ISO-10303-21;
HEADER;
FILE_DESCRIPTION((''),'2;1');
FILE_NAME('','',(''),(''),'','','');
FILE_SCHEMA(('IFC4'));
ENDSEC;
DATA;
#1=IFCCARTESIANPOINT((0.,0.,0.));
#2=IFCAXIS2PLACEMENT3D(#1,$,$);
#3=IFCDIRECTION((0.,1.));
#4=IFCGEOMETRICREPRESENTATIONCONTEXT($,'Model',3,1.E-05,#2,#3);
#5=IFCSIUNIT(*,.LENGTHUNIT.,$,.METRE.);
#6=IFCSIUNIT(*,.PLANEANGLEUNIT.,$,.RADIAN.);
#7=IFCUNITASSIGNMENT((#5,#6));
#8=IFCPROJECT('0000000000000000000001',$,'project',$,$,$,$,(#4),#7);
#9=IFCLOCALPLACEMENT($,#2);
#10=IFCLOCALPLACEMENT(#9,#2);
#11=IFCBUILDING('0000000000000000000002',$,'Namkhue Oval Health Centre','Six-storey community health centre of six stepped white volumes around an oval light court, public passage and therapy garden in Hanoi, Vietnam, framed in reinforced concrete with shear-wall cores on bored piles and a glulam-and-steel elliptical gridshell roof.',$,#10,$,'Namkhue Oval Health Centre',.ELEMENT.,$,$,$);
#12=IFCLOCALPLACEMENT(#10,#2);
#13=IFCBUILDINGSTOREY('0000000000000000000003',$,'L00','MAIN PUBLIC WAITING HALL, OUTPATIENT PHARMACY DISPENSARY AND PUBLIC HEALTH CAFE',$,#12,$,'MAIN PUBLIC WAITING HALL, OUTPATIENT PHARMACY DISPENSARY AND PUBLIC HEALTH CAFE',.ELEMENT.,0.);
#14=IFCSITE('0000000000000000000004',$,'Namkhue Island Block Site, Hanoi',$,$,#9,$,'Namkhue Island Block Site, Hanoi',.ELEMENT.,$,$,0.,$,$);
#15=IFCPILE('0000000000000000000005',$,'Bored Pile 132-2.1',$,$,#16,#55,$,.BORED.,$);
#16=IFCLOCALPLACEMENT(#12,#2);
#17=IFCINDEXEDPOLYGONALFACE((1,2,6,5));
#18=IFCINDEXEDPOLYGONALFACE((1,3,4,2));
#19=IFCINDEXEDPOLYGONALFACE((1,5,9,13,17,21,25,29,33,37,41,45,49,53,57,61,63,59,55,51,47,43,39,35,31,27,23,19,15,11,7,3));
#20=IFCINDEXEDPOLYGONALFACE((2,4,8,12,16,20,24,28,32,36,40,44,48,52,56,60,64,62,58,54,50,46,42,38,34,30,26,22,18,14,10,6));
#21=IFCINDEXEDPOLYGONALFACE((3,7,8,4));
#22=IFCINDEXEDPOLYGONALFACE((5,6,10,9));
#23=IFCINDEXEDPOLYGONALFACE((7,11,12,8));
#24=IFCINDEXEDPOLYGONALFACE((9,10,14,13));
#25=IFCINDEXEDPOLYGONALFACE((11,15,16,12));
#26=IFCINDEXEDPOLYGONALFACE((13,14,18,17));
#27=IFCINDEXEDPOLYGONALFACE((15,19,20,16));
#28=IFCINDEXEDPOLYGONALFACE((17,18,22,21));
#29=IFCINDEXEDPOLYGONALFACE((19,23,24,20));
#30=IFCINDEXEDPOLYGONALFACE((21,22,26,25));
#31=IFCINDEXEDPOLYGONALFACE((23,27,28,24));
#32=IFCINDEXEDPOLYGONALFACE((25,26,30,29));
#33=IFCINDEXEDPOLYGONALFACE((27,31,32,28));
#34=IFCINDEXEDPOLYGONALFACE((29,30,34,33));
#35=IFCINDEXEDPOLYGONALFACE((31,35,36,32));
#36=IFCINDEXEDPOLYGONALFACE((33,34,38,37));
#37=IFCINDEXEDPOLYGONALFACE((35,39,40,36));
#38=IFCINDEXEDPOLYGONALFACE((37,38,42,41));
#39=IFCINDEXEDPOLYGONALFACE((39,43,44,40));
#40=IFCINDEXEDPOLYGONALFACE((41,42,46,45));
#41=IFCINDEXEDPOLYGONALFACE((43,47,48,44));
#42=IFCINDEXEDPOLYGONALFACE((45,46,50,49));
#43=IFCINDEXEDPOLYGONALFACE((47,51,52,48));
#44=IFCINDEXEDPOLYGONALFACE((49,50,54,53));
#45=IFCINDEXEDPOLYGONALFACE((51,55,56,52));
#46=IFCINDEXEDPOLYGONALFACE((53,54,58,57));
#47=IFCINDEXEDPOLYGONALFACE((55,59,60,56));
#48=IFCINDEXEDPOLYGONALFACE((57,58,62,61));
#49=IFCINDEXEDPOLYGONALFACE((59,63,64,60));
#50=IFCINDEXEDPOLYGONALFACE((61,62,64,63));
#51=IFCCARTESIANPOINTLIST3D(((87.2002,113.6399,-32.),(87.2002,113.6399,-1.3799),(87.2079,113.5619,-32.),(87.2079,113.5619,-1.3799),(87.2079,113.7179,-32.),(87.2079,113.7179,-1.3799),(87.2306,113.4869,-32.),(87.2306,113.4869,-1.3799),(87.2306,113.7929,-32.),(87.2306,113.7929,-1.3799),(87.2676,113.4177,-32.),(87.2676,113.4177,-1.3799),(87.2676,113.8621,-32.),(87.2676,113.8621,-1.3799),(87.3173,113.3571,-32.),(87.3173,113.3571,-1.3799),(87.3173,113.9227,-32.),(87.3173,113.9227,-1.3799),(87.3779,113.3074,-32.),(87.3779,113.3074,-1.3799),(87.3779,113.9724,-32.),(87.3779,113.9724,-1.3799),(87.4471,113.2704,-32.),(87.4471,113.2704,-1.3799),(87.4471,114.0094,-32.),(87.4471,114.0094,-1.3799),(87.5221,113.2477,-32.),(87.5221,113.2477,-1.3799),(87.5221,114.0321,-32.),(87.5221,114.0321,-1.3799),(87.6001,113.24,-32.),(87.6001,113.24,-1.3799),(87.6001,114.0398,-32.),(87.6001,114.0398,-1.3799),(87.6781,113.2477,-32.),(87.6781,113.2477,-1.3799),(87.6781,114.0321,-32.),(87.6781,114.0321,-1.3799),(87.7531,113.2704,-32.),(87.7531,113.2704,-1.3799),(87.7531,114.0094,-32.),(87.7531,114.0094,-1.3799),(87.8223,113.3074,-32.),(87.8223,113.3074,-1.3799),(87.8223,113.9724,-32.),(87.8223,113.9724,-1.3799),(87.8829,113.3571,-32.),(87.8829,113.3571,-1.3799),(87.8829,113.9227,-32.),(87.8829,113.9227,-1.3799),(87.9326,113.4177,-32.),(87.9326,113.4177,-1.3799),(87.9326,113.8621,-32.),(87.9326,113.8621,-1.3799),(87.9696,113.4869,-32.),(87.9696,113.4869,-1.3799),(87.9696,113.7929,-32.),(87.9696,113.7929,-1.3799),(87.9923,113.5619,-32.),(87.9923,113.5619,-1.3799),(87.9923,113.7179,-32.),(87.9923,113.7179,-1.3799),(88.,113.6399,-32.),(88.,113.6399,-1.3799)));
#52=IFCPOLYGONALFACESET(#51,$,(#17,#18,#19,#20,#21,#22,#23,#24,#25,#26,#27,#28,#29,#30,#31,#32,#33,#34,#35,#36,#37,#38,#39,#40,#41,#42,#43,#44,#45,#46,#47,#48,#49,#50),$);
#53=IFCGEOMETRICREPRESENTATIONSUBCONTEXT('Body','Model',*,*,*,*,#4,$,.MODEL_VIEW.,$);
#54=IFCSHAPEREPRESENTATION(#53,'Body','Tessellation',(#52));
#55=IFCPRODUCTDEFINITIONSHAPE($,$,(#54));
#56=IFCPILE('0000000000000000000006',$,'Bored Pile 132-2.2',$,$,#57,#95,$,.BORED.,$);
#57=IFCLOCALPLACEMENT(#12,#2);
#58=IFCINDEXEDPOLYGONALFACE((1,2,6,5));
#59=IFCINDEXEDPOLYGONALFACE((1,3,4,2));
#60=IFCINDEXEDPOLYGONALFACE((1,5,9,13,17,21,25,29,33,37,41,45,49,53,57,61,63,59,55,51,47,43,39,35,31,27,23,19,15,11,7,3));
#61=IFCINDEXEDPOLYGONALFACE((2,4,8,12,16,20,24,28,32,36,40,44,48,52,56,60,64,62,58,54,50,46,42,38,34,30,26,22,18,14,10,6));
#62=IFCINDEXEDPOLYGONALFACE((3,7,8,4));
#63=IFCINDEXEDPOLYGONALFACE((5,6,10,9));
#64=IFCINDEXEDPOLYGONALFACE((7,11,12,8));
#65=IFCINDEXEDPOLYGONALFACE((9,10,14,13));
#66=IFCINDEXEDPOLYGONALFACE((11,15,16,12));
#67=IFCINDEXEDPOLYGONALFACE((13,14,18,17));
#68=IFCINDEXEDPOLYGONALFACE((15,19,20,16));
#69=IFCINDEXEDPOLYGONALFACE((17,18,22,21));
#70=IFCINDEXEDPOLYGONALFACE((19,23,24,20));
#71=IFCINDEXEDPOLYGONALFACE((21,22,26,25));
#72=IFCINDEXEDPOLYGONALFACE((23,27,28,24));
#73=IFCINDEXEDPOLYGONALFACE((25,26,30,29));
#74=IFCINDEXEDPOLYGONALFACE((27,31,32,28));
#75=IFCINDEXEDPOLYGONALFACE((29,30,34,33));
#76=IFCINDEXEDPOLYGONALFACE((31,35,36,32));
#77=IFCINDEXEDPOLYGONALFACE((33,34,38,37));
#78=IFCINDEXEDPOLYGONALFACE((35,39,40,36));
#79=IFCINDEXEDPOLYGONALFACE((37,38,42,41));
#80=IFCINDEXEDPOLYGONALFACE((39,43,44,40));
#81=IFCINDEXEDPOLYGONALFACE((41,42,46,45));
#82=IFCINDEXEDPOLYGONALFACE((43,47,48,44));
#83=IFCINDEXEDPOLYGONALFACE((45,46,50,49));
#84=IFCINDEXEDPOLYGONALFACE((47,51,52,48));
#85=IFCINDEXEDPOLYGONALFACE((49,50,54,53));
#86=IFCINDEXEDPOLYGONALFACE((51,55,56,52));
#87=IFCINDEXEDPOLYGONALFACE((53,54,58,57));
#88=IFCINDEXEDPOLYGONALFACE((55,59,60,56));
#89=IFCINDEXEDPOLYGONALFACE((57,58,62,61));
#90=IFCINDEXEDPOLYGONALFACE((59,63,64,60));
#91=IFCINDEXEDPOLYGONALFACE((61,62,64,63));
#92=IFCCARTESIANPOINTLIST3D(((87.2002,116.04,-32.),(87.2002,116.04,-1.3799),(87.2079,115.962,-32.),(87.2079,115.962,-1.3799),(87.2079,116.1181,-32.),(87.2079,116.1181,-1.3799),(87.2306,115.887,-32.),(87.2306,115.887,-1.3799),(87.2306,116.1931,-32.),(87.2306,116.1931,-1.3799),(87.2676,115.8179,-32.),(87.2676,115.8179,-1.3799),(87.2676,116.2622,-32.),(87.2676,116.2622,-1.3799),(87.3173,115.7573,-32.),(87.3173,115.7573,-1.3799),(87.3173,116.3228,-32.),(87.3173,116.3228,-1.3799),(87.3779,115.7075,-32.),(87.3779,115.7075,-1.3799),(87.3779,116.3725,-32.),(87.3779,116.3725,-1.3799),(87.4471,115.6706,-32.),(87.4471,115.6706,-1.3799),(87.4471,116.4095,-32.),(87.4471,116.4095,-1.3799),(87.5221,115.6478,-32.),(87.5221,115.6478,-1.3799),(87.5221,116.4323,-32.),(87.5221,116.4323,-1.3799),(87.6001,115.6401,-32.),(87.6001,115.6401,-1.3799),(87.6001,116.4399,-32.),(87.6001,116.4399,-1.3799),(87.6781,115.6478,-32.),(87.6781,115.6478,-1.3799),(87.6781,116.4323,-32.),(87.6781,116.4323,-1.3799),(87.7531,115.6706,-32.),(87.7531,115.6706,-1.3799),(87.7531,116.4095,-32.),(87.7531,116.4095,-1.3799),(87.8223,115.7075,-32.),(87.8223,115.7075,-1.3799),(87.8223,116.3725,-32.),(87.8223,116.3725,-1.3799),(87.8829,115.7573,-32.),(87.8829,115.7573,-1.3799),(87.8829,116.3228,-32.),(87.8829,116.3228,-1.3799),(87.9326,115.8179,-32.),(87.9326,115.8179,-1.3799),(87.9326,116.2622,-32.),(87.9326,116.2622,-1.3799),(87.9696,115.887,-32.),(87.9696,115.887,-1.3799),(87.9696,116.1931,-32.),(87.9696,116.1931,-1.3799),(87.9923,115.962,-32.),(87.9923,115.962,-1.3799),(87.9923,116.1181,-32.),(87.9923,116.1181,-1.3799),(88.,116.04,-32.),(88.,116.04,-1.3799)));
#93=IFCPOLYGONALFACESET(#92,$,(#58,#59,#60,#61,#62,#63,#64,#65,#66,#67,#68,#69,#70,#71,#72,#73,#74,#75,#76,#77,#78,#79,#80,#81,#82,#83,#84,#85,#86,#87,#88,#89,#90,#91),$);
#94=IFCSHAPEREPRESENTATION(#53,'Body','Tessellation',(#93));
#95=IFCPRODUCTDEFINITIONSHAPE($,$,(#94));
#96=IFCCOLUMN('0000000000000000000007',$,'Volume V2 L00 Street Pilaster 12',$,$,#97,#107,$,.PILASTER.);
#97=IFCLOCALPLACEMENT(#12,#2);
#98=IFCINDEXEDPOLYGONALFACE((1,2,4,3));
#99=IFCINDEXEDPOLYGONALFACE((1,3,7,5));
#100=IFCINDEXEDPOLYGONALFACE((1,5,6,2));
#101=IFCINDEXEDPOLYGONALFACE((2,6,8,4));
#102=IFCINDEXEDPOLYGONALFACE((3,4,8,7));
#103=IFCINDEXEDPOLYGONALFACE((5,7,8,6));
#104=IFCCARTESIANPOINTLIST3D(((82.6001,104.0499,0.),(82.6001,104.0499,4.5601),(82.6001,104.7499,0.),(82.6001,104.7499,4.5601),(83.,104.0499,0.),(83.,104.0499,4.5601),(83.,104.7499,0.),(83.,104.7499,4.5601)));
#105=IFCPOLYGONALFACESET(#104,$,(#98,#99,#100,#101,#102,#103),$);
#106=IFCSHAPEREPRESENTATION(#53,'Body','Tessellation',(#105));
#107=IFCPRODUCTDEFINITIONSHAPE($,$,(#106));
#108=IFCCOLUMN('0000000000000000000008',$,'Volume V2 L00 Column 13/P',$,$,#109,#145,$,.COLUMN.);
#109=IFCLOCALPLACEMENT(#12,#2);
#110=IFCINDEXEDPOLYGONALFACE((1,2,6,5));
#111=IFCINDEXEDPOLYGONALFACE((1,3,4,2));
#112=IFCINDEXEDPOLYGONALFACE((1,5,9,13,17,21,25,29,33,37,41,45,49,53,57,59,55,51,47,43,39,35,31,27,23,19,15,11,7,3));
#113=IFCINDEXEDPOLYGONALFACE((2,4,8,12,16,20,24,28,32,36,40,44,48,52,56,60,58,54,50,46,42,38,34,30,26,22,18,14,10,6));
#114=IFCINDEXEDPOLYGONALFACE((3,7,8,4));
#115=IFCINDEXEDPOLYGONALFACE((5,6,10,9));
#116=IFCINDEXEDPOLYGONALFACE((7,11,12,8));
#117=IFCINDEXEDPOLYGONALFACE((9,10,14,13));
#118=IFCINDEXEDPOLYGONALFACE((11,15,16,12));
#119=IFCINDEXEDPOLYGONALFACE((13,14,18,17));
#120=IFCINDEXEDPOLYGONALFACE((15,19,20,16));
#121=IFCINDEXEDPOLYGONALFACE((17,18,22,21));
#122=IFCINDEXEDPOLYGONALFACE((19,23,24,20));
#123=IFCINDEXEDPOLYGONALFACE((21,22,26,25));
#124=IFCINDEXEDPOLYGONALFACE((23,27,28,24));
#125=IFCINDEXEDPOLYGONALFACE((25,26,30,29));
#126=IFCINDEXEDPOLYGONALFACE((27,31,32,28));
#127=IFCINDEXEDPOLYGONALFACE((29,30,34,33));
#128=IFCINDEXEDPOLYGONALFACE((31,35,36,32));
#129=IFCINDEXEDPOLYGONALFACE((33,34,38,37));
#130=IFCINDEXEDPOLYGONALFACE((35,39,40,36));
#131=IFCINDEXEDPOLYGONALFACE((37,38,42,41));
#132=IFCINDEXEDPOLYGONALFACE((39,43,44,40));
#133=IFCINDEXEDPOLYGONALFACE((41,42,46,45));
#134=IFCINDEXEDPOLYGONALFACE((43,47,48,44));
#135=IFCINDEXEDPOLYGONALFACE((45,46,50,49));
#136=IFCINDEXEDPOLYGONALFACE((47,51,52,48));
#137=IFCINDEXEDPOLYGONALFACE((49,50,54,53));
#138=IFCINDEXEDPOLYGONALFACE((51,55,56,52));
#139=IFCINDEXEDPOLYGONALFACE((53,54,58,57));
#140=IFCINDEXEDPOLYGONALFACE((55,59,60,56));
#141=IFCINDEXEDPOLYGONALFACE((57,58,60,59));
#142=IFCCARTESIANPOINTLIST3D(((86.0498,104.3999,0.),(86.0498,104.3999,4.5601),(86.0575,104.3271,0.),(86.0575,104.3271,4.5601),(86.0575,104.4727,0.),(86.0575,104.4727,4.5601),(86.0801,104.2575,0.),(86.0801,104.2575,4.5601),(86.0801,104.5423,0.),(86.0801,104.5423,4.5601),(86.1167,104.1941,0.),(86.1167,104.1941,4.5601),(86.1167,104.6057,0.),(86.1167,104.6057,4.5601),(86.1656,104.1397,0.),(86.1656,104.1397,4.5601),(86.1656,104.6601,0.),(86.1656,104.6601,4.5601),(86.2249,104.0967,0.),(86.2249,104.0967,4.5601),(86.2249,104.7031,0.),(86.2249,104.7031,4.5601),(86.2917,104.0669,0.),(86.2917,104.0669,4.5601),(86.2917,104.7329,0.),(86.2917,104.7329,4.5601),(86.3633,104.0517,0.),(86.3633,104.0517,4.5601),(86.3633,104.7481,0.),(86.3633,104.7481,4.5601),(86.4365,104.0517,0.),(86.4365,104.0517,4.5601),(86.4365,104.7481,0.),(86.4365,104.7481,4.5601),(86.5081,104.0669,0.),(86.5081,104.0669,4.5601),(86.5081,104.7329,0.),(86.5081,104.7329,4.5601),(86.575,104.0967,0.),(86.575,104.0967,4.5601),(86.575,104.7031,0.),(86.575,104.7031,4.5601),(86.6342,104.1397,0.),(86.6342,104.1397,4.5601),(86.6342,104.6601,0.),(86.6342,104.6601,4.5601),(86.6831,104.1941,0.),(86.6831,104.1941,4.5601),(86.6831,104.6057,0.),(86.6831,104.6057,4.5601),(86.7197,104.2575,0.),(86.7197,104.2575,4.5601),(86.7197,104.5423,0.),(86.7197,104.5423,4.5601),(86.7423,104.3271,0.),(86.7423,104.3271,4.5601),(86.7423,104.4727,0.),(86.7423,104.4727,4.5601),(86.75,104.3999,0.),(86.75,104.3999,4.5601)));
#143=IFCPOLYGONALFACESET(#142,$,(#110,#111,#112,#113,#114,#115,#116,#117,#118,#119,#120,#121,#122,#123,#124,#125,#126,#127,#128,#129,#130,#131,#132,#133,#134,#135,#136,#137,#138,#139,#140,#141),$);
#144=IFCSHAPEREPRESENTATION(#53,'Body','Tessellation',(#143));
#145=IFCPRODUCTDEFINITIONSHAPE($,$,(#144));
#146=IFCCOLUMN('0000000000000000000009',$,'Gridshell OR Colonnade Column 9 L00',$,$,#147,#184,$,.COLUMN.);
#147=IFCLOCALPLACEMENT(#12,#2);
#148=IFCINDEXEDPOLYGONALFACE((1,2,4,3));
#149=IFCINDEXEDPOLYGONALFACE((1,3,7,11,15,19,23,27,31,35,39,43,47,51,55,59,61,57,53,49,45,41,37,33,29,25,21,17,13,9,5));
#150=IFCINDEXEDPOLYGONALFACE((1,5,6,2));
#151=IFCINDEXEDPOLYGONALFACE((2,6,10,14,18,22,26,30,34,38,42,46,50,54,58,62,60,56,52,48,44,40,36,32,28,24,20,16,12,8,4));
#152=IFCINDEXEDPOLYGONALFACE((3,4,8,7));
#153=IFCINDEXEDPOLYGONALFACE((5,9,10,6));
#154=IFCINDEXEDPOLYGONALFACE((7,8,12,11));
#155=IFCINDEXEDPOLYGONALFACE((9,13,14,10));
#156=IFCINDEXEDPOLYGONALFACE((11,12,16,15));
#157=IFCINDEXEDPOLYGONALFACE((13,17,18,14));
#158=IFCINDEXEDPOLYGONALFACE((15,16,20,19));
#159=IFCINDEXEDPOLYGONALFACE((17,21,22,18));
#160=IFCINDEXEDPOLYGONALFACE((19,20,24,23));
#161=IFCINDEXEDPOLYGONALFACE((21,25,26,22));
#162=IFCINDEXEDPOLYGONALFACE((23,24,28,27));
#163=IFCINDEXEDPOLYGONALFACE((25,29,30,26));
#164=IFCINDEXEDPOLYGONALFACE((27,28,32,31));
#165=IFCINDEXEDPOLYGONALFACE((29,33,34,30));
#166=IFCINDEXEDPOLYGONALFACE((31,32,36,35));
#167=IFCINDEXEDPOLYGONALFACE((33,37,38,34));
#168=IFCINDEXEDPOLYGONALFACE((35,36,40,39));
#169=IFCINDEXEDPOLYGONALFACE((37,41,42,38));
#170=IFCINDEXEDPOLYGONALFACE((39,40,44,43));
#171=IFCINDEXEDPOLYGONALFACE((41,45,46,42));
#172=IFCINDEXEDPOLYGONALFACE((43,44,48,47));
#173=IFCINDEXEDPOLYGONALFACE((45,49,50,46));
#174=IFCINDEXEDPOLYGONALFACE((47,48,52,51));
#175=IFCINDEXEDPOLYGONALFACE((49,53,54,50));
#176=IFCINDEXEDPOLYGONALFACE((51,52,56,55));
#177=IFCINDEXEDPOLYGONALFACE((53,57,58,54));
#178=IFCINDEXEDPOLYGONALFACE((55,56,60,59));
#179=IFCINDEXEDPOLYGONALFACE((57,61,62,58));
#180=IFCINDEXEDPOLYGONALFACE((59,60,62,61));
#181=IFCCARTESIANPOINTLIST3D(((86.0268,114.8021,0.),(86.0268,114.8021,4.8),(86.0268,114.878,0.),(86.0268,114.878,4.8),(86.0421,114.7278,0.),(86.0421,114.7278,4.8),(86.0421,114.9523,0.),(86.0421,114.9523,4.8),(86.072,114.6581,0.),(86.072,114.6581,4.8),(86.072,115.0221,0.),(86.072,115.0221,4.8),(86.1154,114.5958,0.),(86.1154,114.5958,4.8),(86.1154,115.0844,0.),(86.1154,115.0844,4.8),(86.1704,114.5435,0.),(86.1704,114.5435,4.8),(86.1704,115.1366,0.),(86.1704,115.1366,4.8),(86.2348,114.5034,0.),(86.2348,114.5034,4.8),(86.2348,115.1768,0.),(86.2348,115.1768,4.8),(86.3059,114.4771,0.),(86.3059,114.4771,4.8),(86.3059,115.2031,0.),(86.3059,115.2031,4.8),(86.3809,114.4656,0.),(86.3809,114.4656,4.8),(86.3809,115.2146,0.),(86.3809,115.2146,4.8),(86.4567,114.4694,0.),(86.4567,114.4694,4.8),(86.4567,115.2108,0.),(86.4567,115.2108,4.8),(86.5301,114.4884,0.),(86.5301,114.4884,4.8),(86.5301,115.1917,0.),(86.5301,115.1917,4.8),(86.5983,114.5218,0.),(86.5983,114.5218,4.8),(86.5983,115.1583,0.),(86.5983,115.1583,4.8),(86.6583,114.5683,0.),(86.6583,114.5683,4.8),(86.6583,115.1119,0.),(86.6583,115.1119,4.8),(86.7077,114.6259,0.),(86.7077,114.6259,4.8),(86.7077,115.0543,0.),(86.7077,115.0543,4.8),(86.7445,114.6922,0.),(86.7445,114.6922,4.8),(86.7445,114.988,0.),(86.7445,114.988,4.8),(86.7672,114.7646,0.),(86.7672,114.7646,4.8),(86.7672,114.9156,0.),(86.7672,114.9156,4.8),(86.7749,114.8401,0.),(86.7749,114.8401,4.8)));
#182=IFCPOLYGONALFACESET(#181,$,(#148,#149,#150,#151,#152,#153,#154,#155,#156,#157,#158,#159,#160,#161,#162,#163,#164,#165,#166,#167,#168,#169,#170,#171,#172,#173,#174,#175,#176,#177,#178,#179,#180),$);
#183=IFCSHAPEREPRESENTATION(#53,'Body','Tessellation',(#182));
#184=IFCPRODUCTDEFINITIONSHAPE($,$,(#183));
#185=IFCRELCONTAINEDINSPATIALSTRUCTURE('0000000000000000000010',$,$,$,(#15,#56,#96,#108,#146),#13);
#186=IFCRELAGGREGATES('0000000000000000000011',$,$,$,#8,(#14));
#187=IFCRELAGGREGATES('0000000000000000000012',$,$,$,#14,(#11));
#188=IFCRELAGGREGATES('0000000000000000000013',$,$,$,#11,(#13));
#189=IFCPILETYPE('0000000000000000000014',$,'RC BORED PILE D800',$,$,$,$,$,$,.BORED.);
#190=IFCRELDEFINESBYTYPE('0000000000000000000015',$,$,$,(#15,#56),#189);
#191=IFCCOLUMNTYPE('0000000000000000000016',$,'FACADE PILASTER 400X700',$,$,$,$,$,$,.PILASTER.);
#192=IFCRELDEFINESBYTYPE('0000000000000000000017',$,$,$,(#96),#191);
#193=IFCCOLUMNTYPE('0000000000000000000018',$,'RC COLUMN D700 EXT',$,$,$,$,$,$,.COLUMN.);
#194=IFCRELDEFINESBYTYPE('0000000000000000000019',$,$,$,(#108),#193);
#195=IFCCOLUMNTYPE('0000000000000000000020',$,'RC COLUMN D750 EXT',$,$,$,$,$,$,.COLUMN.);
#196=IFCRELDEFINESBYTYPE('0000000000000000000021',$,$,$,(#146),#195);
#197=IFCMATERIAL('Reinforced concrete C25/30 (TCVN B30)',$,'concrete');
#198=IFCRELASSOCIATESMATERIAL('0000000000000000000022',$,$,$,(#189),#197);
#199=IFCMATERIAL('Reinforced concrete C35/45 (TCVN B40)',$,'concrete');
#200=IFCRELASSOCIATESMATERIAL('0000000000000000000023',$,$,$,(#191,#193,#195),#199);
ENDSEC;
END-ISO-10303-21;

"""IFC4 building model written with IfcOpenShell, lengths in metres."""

from ifc_helpers import new_model, si_unit, direction, frame, origin, origin_2d, place, context, subcontext, project, spatial, rectangle, circle, extrude, material, material_profile, profile_set, type_object, element, save


model = new_model("IFC4")

# Units and contexts
model_context = context("Model", 3, precision=1e-05, world=origin(), true_north=direction((0.0, 1.0)))
body_context = subcontext(model_context, "Body", "Model", "MODEL_VIEW")
ifc_project = project(units=[si_unit("LENGTHUNIT", "METRE"), si_unit("PLANEANGLEUNIT", "RADIAN")], contexts=[model_context])

# Site, building, storey
site_placement = place(None, origin())
site = spatial("IfcSite", under=ifc_project, at=site_placement, Name="Namkhue Island Block Site, Hanoi", LongName="Namkhue Island Block Site, Hanoi", CompositionType="ELEMENT", RefElevation=0.0)
building_placement = place(site_placement, origin())
building = spatial("IfcBuilding", under=site, at=building_placement, Name="Namkhue Oval Health Centre", Description="Six-storey community health centre of six stepped white volumes around an oval light court, public passage and therapy garden in Hanoi, Vietnam, framed in reinforced concrete with shear-wall cores on bored piles and a glulam-and-steel elliptical gridshell roof.", LongName="Namkhue Oval Health Centre", CompositionType="ELEMENT")
storey_placement = place(building_placement, origin())
storey = spatial("IfcBuildingStorey", under=building, at=storey_placement, Name="L00", Description="MAIN PUBLIC WAITING HALL, OUTPATIENT PHARMACY DISPENSARY AND PUBLIC HEALTH CAFE", LongName="MAIN PUBLIC WAITING HALL, OUTPATIENT PHARMACY DISPENSARY AND PUBLIC HEALTH CAFE", CompositionType="ELEMENT", Elevation=0.0)

# Piles
ifc_material_1 = material(Name="Reinforced concrete C25/30 (TCVN B30)", Category="concrete")
ifc_material_profile_1 = material_profile(ifc_material_1, circle(Radius=0.3999, at=origin_2d()), Name="BORED PILE D800")
ifc_profile_set_1 = profile_set([ifc_material_profile_1], Name="Reinforced concrete C25/30 (TCVN B30)")
pile_type = type_object("IfcPileType", Name="RC BORED PILE D800", PredefinedType="BORED", material=ifc_profile_set_1)
for number, where, z_axis, x_axis, name in (
    (1, (87.6001, 113.6399, -1.3799), (0.0, 0.0, -1.0), (1.0, 0.0, 0.0), "Bored Pile 132-2.1"),
    (2, (87.6001, 116.04, -1.3799), (0.0, 0.0, -1.0), (1.0, 0.0, 0.0), "Bored Pile 132-2.2"),
):
    element("IfcPile", number, at=place(storey_placement, frame(where, z_axis=z_axis, x_axis=x_axis)), inside=storey, type_object=pile_type, Name=name, PredefinedType="BORED", context=body_context, shape_type="SweptSolid", body=[
        extrude(circle(Radius=0.3999, at=origin_2d()), origin(), (0.0, 0.0, 1.0), 30.6201),
    ])

# Columns
ifc_material_2 = material(Name="Reinforced concrete C35/45 (TCVN B40)", Category="concrete")
ifc_material_profile_2 = material_profile(ifc_material_2, rectangle(XDim=0.3999, YDim=0.7, at=origin_2d()), Name="RC 400x700")
ifc_profile_set_2 = profile_set([ifc_material_profile_2], Name="Reinforced concrete C35/45 (TCVN B40)")
column_type_1 = type_object("IfcColumnType", Name="FACADE PILASTER 400X700", PredefinedType="PILASTER", material=ifc_profile_set_2)
column_1_placement = place(storey_placement, frame((82.8, 104.3999, 0.0), z_axis=(0.0, 0.0, 1.0), x_axis=(1.0, 0.0, 0.0)))
element("IfcColumn", 3, at=column_1_placement, inside=storey, type_object=column_type_1, Name="Volume V2 L00 Street Pilaster 12", PredefinedType="PILASTER", context=body_context, shape_type="SweptSolid", body=[
    extrude(rectangle(XDim=0.3999, YDim=0.7, at=origin_2d()), origin(), (0.0, 0.0, 1.0), 4.5601),
])
ifc_material_profile_3 = material_profile(ifc_material_2, circle(Radius=0.3501, at=origin_2d()), Name="RC D700")
ifc_profile_set_3 = profile_set([ifc_material_profile_3], Name="Reinforced concrete C35/45 (TCVN B40)")
column_type_2 = type_object("IfcColumnType", Name="RC COLUMN D700 EXT", PredefinedType="COLUMN", material=ifc_profile_set_3)
column_2_placement = place(storey_placement, frame((86.3999, 104.3999, 0.0), z_axis=(0.0, 0.0, 1.0), x_axis=(1.0, 0.0, 0.0)))
element("IfcColumn", 4, at=column_2_placement, inside=storey, type_object=column_type_2, Name="Volume V2 L00 Column 13/P", PredefinedType="COLUMN", context=body_context, shape_type="SweptSolid", body=[
    extrude(circle(Radius=0.3501, at=origin_2d()), origin(), (0.0, 0.0, 1.0), 4.5601),
])
ifc_material_profile_4 = material_profile(ifc_material_2, circle(Radius=0.375, at=origin_2d()), Name="RC D750")
ifc_profile_set_4 = profile_set([ifc_material_profile_4], Name="Reinforced concrete C35/45 (TCVN B40)")
column_type_3 = type_object("IfcColumnType", Name="RC COLUMN D750 EXT", PredefinedType="COLUMN", material=ifc_profile_set_4)
column_3_placement = place(storey_placement, frame((86.3999, 114.8401, 0.0), z_axis=(0.0, 0.0, 1.0), x_axis=(1.0, 0.0, 0.0)))
element("IfcColumn", 5, at=column_3_placement, inside=storey, type_object=column_type_3, Name="Gridshell OR Colonnade Column 9 L00", PredefinedType="COLUMN", context=body_context, shape_type="SweptSolid", body=[
    extrude(circle(Radius=0.375, at=origin_2d()), origin(), (0.0, 0.0, 1.0), 4.8),
])

save(model, "model.ifc")
